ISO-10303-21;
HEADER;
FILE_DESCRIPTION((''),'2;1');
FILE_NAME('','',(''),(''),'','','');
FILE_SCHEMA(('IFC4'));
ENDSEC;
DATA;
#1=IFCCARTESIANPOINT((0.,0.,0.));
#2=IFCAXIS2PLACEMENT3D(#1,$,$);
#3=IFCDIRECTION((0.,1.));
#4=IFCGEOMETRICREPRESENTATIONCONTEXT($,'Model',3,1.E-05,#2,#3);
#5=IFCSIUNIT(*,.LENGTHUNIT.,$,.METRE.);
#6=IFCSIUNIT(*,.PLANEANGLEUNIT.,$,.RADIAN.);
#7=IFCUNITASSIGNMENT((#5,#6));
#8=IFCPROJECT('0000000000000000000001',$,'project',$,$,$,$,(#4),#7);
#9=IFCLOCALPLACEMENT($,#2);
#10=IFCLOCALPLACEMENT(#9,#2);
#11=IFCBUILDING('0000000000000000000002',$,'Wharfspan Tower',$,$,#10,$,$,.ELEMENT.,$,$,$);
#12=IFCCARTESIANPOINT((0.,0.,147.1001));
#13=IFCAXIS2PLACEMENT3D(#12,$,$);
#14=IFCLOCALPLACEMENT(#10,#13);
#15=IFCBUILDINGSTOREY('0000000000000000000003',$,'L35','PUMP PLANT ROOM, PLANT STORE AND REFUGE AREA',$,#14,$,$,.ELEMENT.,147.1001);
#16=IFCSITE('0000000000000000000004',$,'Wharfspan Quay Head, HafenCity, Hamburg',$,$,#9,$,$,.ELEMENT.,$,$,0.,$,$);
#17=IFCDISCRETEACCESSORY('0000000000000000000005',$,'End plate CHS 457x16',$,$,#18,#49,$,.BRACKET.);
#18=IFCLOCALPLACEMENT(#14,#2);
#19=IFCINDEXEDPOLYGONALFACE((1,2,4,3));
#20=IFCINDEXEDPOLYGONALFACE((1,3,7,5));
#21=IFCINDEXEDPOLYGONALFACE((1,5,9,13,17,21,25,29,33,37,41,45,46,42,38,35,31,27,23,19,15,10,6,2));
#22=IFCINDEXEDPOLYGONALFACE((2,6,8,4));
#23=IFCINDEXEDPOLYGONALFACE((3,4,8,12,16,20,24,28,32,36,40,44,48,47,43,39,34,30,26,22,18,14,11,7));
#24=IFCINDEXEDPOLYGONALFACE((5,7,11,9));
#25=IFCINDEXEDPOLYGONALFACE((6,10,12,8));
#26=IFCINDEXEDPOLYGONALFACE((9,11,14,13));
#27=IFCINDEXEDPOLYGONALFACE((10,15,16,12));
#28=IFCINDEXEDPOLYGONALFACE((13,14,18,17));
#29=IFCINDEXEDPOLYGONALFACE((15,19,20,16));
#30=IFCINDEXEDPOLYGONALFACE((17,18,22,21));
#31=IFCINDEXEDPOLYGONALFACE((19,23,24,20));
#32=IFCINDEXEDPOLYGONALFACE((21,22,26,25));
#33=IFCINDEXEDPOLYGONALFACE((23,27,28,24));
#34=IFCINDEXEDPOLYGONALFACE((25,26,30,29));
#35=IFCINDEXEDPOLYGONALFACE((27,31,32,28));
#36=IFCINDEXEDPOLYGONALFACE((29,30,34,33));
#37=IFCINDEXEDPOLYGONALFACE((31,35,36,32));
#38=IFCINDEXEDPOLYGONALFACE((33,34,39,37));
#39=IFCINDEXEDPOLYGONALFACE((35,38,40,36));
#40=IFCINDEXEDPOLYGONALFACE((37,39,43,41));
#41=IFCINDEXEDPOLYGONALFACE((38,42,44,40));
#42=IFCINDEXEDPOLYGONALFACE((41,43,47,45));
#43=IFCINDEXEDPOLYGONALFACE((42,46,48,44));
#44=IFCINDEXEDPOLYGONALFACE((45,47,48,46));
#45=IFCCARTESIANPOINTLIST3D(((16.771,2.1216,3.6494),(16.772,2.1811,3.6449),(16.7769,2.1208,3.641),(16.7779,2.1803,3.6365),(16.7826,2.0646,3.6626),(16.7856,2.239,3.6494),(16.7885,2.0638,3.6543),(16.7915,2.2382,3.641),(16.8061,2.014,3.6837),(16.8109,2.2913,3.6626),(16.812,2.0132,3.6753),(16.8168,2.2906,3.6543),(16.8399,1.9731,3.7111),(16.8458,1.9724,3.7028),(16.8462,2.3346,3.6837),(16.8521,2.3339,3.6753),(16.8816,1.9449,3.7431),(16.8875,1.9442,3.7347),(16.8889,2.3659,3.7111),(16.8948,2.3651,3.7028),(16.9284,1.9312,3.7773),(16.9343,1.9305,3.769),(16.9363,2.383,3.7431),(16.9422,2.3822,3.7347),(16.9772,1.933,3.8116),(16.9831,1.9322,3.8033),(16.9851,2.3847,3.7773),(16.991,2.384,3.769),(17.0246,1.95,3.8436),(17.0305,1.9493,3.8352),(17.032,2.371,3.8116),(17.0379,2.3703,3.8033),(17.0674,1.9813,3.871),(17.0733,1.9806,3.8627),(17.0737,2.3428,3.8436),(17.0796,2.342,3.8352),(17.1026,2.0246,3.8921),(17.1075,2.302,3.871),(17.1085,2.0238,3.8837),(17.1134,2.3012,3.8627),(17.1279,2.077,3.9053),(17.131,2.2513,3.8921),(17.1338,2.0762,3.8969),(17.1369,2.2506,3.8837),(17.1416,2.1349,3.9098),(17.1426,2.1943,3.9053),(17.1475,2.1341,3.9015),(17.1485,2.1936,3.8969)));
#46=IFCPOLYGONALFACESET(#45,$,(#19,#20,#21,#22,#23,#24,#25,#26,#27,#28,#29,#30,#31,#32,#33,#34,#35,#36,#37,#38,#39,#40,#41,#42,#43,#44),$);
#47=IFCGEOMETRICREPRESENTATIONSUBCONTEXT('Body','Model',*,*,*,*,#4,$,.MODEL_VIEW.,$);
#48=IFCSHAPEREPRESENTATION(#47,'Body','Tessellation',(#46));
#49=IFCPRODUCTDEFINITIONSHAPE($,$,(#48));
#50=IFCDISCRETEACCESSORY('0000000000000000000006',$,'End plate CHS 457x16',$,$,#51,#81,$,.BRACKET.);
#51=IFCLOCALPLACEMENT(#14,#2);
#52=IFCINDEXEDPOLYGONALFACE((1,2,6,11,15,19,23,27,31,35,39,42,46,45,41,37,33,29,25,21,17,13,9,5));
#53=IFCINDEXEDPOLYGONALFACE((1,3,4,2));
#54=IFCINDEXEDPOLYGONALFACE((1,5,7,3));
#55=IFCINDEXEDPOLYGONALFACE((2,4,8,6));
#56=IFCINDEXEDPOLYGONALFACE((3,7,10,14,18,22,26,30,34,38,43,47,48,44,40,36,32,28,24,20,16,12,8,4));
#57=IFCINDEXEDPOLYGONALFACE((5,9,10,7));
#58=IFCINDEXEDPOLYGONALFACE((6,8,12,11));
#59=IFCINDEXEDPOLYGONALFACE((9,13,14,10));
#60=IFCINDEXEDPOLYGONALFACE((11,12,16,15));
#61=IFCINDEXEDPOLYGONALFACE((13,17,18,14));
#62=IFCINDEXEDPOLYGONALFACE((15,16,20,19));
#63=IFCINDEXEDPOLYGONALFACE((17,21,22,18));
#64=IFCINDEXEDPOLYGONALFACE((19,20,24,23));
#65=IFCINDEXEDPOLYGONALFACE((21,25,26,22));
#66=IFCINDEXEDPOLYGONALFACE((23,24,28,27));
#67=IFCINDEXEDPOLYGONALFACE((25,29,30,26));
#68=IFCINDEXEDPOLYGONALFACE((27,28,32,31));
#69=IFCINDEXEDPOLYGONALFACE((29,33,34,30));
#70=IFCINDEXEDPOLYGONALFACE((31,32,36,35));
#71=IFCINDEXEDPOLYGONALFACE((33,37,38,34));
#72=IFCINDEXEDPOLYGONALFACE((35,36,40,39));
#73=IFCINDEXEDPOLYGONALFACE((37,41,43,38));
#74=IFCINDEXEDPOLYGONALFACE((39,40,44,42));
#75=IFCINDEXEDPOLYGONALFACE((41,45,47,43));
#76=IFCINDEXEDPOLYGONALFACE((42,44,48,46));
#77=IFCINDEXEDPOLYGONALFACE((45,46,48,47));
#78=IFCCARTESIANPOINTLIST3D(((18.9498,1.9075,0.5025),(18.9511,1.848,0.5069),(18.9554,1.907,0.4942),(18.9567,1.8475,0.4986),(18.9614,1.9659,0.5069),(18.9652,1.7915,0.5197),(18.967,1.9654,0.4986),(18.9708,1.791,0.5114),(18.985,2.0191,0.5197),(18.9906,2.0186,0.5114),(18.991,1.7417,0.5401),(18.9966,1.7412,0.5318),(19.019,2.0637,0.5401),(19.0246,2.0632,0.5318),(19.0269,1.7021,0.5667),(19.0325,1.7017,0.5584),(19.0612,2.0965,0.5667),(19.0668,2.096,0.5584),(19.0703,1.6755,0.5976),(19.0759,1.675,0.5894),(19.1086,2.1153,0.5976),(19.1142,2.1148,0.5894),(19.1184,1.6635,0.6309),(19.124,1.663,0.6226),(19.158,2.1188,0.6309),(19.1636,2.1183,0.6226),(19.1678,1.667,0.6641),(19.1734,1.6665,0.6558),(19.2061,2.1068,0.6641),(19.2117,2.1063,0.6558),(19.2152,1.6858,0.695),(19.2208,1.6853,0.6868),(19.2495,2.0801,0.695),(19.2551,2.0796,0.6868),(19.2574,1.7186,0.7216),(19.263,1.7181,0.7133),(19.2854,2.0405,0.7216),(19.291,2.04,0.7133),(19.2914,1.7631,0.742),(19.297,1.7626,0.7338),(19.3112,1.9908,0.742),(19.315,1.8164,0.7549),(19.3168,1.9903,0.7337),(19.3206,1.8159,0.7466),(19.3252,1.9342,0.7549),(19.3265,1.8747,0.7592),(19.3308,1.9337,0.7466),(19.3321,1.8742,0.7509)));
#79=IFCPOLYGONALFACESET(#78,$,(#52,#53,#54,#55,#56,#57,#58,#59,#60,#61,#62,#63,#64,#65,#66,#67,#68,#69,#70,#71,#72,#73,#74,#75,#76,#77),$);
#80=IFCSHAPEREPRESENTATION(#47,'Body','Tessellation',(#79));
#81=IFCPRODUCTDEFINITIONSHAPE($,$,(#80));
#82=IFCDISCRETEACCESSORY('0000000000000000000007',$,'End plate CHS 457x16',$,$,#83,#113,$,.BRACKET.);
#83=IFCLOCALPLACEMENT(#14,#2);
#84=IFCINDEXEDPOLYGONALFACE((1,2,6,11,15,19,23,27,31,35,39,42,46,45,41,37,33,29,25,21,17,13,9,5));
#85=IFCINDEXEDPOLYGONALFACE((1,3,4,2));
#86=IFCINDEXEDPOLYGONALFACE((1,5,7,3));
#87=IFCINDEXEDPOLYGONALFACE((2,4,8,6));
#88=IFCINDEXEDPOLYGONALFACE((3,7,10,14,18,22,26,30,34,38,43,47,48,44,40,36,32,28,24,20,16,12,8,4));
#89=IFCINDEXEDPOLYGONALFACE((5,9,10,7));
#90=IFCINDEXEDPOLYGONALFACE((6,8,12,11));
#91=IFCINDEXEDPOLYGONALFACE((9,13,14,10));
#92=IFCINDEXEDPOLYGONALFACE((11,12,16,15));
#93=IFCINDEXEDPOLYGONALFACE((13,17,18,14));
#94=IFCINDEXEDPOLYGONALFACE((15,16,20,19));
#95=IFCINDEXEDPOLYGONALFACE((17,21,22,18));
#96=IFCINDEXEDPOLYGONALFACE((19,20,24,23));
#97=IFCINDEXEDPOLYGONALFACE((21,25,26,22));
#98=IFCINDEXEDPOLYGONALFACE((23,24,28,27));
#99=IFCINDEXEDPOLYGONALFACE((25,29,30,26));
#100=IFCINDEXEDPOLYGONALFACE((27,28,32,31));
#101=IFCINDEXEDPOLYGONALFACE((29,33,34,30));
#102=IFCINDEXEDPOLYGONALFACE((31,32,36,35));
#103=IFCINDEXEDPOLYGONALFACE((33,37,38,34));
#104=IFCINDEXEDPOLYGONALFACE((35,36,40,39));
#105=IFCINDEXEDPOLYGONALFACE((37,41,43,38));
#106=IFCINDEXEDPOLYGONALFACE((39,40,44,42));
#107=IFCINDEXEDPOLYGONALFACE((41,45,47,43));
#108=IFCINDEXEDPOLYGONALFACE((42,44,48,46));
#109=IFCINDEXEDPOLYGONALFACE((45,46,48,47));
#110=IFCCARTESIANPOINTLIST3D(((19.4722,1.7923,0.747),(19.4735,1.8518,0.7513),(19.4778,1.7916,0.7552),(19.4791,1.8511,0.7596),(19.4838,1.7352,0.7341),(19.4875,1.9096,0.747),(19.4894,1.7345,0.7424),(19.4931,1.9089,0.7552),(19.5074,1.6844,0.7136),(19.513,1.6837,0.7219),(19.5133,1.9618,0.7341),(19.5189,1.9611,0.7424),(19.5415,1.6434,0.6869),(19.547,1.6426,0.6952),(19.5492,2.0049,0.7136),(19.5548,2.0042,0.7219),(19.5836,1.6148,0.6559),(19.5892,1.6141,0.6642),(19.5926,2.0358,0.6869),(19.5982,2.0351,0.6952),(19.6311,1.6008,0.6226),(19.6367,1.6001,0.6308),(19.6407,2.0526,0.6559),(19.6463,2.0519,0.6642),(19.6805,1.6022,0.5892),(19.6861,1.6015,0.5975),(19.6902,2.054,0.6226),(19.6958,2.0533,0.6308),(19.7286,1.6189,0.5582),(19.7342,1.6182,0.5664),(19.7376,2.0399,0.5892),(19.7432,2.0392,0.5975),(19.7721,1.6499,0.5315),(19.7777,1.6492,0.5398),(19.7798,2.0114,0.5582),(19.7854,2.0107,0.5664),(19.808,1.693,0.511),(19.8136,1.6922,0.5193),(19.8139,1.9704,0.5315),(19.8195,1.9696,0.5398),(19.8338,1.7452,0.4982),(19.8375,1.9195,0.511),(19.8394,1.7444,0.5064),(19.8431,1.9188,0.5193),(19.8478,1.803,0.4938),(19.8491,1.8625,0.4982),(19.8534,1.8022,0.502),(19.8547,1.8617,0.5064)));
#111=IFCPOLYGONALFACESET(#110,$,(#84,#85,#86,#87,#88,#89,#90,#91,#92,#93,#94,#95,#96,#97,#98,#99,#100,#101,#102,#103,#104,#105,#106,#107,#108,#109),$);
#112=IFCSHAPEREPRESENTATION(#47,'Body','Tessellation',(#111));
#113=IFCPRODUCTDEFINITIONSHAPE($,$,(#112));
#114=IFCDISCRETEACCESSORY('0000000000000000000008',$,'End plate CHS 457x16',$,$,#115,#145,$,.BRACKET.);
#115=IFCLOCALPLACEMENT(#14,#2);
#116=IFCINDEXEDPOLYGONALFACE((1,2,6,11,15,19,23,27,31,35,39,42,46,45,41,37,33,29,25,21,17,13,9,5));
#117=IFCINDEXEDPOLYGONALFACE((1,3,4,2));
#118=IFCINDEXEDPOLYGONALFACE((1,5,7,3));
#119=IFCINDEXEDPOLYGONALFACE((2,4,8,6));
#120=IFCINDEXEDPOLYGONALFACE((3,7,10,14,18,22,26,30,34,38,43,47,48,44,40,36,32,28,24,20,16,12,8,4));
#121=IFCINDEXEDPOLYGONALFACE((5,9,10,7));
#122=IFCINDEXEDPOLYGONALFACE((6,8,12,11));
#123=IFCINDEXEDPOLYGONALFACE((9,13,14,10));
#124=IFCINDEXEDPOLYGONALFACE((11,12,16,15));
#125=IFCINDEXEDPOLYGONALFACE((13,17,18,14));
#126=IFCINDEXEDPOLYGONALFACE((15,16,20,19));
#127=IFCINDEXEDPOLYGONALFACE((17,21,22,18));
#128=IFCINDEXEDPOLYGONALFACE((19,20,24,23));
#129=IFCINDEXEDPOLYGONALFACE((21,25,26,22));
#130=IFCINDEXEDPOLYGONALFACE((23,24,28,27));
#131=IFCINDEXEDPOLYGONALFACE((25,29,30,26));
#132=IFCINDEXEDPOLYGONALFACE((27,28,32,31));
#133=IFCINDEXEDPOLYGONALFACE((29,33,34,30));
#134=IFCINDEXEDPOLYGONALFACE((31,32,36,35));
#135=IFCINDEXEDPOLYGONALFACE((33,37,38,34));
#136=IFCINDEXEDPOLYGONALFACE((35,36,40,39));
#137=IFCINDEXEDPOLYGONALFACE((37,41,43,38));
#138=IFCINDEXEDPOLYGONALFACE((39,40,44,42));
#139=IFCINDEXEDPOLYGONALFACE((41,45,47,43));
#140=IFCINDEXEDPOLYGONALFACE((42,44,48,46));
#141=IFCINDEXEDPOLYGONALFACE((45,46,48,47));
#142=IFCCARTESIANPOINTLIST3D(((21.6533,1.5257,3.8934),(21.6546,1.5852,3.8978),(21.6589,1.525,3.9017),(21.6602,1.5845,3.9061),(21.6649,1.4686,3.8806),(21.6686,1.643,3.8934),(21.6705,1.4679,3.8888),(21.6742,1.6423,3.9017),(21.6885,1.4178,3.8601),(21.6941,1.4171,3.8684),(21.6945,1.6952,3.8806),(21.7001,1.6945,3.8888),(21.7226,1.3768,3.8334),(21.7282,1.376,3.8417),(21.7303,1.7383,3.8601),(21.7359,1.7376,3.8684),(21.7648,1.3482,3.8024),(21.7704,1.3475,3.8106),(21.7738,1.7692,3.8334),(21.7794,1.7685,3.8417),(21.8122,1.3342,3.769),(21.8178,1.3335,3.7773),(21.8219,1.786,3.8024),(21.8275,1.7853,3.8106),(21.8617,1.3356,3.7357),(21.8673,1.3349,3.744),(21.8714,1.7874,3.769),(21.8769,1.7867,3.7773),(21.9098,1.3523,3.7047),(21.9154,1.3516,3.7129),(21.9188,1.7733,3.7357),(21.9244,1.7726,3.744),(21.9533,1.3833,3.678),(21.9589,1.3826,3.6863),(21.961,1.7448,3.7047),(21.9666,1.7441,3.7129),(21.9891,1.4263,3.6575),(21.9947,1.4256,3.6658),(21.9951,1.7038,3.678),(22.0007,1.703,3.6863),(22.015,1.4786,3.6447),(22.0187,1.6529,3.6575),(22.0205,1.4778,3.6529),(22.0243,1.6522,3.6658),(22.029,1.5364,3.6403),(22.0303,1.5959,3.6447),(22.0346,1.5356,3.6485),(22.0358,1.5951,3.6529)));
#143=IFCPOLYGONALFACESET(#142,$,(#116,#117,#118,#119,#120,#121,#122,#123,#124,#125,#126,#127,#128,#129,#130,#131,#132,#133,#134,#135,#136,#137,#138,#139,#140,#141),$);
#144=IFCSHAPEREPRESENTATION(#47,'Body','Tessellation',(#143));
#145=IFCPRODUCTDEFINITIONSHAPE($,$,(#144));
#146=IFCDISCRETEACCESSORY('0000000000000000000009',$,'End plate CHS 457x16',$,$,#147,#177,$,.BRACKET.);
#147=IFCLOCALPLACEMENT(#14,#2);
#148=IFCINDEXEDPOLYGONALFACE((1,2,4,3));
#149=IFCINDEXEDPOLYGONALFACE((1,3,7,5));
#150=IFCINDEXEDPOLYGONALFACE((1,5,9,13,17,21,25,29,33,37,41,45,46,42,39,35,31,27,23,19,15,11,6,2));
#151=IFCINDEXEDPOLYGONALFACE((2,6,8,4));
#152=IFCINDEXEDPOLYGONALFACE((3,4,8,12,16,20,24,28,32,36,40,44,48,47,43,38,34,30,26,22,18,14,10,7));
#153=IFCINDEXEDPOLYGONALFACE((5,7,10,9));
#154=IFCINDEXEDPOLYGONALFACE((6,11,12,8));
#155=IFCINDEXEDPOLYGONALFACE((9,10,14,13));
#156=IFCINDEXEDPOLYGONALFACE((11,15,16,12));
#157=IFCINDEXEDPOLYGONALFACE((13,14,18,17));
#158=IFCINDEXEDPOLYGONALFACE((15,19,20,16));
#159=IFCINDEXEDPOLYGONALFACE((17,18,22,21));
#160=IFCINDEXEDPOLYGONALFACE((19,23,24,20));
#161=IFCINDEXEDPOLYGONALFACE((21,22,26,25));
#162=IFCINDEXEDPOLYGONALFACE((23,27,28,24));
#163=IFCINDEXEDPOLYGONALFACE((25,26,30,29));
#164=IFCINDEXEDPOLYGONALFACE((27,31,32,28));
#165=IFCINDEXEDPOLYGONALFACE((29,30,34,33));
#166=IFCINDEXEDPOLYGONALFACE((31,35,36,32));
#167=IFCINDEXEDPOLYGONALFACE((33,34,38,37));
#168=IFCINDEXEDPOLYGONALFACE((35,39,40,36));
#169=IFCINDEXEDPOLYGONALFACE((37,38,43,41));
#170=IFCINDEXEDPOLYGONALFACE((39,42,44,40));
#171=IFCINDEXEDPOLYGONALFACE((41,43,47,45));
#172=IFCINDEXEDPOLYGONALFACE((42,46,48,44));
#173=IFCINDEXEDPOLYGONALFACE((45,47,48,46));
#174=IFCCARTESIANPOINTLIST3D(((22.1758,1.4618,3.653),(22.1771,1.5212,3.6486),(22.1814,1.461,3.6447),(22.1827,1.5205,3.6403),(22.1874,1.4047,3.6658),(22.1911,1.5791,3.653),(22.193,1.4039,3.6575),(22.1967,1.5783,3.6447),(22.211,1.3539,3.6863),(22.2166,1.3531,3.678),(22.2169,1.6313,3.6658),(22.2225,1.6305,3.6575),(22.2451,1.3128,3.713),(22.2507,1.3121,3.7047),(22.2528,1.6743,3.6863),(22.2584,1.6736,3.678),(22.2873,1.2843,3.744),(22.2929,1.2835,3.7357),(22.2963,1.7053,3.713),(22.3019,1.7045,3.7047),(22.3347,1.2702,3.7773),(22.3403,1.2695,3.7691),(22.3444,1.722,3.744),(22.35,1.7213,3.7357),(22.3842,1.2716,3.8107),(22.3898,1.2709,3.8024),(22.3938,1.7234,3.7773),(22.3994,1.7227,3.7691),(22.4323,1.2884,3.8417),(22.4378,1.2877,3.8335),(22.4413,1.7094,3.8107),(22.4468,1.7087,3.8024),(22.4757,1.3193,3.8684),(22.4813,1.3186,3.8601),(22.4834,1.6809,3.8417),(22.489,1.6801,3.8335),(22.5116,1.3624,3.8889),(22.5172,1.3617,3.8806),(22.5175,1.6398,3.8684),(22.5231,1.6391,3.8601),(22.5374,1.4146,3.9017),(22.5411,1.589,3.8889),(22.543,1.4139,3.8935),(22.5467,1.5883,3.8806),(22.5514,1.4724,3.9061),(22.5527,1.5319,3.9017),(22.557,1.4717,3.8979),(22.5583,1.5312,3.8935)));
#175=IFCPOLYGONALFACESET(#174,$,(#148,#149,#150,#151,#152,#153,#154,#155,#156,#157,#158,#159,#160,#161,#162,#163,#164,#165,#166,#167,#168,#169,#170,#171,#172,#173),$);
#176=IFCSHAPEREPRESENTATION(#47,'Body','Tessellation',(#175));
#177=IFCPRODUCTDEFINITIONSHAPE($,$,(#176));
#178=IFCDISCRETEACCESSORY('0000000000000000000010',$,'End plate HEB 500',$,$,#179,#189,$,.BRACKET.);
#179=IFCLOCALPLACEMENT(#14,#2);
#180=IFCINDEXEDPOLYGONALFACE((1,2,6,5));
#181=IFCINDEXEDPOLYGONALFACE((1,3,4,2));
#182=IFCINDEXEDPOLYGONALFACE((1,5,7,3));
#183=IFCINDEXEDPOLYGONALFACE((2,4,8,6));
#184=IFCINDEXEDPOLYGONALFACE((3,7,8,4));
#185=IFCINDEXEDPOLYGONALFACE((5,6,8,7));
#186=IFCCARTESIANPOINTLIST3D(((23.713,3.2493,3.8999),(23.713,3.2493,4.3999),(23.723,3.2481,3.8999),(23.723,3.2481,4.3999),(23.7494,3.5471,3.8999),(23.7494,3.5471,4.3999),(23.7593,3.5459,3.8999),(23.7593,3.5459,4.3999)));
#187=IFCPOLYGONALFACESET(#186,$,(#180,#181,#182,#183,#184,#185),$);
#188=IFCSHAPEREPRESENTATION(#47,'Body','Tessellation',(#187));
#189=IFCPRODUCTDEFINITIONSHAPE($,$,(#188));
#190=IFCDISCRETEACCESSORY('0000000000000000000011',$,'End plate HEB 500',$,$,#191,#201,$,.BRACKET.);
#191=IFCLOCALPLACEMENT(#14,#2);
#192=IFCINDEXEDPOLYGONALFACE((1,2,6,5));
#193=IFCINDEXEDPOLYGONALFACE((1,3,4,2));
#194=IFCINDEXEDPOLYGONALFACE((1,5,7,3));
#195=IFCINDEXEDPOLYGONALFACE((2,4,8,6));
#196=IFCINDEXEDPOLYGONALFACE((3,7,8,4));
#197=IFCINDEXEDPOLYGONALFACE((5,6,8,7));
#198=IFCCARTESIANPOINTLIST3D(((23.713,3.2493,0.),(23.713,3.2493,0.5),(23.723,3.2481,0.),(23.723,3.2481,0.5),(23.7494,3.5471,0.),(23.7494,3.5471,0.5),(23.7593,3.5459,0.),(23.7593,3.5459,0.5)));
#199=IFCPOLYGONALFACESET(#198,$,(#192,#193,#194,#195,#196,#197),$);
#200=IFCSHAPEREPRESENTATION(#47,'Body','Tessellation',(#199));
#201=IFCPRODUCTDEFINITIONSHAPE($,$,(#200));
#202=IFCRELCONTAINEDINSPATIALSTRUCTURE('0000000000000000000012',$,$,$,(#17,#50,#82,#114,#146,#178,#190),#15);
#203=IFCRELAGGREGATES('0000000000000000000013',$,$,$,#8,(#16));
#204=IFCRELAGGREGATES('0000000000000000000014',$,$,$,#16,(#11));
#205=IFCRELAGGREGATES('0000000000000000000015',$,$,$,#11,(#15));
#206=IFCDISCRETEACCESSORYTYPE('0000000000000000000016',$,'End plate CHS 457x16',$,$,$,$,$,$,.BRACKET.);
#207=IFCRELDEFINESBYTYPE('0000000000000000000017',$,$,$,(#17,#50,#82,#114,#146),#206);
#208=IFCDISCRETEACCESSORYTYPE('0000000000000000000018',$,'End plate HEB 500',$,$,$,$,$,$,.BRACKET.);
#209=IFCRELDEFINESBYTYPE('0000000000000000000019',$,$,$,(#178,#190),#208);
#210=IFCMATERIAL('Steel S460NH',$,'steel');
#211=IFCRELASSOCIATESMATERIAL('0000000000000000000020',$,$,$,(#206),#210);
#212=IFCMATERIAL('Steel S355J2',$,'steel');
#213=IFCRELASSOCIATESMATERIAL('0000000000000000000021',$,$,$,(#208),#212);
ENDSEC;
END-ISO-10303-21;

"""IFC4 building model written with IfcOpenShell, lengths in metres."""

from ifc_helpers import new_model, si_unit, direction, frame, origin, origin_2d, place, context, subcontext, project, spatial, rectangle, circle, extrude, material, material_profile, profile_set, type_object, element, save


model = new_model("IFC4")

# Units and contexts
model_context = context("Model", 3, precision=1e-05, world=origin(), true_north=direction((0.0, 1.0)))
body_context = subcontext(model_context, "Body", "Model", "MODEL_VIEW")
ifc_project = project(units=[si_unit("LENGTHUNIT", "METRE"), si_unit("PLANEANGLEUNIT", "RADIAN")], contexts=[model_context])

# Site, building, storey
site_placement = place(None, origin())
site = spatial("IfcSite", under=ifc_project, at=site_placement, Name="Wharfspan Quay Head, HafenCity, Hamburg", CompositionType="ELEMENT", RefElevation=0.0)
building_placement = place(site_placement, origin())
building = spatial("IfcBuilding", under=site, at=building_placement, Name="Wharfspan Tower", CompositionType="ELEMENT")
storey_placement = place(building_placement, frame((0.0, 0.0, 147.1001)))
storey = spatial("IfcBuildingStorey", under=building, at=storey_placement, Name="L35", Description="PUMP PLANT ROOM, PLANT STORE AND REFUGE AREA", CompositionType="ELEMENT", Elevation=147.1001)

# Shared definitions
ifc_material_1 = material(Name="Steel S460NH", Category="steel")

# Discrete accessories
ifc_material_profile_1 = material_profile(ifc_material_1, circle(Radius=0.2285, at=origin_2d()))
ifc_profile_set_1 = profile_set([ifc_material_profile_1], Name="Steel S460NH")
discrete_accessory_type_1 = type_object("IfcDiscreteAccessoryType", Name="End plate CHS 457x16", PredefinedType="BRACKET", material=ifc_profile_set_1)
discrete_accessory_placement = place(storey_placement, frame((16.9568, 2.158, 3.7773), z_axis=(0.575191, -0.071899, -0.814853), x_axis=(0.124036, 0.992275, 0.000001)))
element("IfcDiscreteAccessory", 1, at=discrete_accessory_placement, inside=storey, type_object=discrete_accessory_type_1, Name="End plate CHS 457x16", PredefinedType="BRACKET", context=body_context, shape_type="SweptSolid", body=[
    extrude(circle(Radius=0.2285, at=origin_2d()), origin(), (0.0, 0.0, 1.0), 0.0103),
])
for number, where, z_axis, x_axis, name in (
    (2, (19.1382, 1.8911, 0.6309), (0.559645, -0.048665, -0.827302), (0.086627, 0.99624, -0.000002), "End plate CHS 457x16"),
    (3, (19.6606, 1.8274, 0.6226), (0.558819, -0.072889, 0.82608), (0.129337, 0.991601, 0.000001), "End plate CHS 457x16"),
    (4, (21.8418, 1.5608, 3.769), (0.558819, -0.072889, 0.82608), (0.129337, 0.991601, 0.000001), "End plate CHS 457x16"),
    (5, (22.3643, 1.4968, 3.7773), (0.558819, -0.072889, -0.82608), (0.129337, 0.991601, -0.000001), "End plate CHS 457x16"),
):
    element("IfcDiscreteAccessory", number, at=place(storey_placement, frame(where, z_axis=z_axis, x_axis=x_axis)), inside=storey, type_object=discrete_accessory_type_1, Name=name, PredefinedType="BRACKET", context=body_context, shape_type="SweptSolid", body=[
        extrude(circle(Radius=0.2285, at=origin_2d()), origin(), (0.0, 0.0, 1.0), 0.01),
    ])
ifc_material_2 = material(Name="Steel S355J2", Category="steel")
ifc_material_profile_2 = material_profile(ifc_material_2, rectangle(XDim=0.3, YDim=0.5, at=origin_2d()))
ifc_profile_set_2 = profile_set([ifc_material_profile_2], Name="Steel S355J2")
discrete_accessory_type_2 = type_object("IfcDiscreteAccessoryType", Name="End plate HEB 500", PredefinedType="BRACKET", material=ifc_profile_set_2)
for number, where, z_axis, x_axis, name in (
    (6, (23.7312, 3.3982, 4.1499), (0.992646, -0.121054, 0.0), (0.121054, 0.992646, 0.0), "End plate HEB 500"),
    (7, (23.7312, 3.3982, 0.25), (0.992646, -0.121054, 0.0), (0.121054, 0.992646, 0.0), "End plate HEB 500"),
):
    element("IfcDiscreteAccessory", number, at=place(storey_placement, frame(where, z_axis=z_axis, x_axis=x_axis)), inside=storey, type_object=discrete_accessory_type_2, Name=name, PredefinedType="BRACKET", context=body_context, shape_type="SweptSolid", body=[
        extrude(rectangle(XDim=0.3, YDim=0.5, at=origin_2d()), origin(), (0.0, 0.0, 1.0), 0.01),
    ])

save(model, "model.ifc")
